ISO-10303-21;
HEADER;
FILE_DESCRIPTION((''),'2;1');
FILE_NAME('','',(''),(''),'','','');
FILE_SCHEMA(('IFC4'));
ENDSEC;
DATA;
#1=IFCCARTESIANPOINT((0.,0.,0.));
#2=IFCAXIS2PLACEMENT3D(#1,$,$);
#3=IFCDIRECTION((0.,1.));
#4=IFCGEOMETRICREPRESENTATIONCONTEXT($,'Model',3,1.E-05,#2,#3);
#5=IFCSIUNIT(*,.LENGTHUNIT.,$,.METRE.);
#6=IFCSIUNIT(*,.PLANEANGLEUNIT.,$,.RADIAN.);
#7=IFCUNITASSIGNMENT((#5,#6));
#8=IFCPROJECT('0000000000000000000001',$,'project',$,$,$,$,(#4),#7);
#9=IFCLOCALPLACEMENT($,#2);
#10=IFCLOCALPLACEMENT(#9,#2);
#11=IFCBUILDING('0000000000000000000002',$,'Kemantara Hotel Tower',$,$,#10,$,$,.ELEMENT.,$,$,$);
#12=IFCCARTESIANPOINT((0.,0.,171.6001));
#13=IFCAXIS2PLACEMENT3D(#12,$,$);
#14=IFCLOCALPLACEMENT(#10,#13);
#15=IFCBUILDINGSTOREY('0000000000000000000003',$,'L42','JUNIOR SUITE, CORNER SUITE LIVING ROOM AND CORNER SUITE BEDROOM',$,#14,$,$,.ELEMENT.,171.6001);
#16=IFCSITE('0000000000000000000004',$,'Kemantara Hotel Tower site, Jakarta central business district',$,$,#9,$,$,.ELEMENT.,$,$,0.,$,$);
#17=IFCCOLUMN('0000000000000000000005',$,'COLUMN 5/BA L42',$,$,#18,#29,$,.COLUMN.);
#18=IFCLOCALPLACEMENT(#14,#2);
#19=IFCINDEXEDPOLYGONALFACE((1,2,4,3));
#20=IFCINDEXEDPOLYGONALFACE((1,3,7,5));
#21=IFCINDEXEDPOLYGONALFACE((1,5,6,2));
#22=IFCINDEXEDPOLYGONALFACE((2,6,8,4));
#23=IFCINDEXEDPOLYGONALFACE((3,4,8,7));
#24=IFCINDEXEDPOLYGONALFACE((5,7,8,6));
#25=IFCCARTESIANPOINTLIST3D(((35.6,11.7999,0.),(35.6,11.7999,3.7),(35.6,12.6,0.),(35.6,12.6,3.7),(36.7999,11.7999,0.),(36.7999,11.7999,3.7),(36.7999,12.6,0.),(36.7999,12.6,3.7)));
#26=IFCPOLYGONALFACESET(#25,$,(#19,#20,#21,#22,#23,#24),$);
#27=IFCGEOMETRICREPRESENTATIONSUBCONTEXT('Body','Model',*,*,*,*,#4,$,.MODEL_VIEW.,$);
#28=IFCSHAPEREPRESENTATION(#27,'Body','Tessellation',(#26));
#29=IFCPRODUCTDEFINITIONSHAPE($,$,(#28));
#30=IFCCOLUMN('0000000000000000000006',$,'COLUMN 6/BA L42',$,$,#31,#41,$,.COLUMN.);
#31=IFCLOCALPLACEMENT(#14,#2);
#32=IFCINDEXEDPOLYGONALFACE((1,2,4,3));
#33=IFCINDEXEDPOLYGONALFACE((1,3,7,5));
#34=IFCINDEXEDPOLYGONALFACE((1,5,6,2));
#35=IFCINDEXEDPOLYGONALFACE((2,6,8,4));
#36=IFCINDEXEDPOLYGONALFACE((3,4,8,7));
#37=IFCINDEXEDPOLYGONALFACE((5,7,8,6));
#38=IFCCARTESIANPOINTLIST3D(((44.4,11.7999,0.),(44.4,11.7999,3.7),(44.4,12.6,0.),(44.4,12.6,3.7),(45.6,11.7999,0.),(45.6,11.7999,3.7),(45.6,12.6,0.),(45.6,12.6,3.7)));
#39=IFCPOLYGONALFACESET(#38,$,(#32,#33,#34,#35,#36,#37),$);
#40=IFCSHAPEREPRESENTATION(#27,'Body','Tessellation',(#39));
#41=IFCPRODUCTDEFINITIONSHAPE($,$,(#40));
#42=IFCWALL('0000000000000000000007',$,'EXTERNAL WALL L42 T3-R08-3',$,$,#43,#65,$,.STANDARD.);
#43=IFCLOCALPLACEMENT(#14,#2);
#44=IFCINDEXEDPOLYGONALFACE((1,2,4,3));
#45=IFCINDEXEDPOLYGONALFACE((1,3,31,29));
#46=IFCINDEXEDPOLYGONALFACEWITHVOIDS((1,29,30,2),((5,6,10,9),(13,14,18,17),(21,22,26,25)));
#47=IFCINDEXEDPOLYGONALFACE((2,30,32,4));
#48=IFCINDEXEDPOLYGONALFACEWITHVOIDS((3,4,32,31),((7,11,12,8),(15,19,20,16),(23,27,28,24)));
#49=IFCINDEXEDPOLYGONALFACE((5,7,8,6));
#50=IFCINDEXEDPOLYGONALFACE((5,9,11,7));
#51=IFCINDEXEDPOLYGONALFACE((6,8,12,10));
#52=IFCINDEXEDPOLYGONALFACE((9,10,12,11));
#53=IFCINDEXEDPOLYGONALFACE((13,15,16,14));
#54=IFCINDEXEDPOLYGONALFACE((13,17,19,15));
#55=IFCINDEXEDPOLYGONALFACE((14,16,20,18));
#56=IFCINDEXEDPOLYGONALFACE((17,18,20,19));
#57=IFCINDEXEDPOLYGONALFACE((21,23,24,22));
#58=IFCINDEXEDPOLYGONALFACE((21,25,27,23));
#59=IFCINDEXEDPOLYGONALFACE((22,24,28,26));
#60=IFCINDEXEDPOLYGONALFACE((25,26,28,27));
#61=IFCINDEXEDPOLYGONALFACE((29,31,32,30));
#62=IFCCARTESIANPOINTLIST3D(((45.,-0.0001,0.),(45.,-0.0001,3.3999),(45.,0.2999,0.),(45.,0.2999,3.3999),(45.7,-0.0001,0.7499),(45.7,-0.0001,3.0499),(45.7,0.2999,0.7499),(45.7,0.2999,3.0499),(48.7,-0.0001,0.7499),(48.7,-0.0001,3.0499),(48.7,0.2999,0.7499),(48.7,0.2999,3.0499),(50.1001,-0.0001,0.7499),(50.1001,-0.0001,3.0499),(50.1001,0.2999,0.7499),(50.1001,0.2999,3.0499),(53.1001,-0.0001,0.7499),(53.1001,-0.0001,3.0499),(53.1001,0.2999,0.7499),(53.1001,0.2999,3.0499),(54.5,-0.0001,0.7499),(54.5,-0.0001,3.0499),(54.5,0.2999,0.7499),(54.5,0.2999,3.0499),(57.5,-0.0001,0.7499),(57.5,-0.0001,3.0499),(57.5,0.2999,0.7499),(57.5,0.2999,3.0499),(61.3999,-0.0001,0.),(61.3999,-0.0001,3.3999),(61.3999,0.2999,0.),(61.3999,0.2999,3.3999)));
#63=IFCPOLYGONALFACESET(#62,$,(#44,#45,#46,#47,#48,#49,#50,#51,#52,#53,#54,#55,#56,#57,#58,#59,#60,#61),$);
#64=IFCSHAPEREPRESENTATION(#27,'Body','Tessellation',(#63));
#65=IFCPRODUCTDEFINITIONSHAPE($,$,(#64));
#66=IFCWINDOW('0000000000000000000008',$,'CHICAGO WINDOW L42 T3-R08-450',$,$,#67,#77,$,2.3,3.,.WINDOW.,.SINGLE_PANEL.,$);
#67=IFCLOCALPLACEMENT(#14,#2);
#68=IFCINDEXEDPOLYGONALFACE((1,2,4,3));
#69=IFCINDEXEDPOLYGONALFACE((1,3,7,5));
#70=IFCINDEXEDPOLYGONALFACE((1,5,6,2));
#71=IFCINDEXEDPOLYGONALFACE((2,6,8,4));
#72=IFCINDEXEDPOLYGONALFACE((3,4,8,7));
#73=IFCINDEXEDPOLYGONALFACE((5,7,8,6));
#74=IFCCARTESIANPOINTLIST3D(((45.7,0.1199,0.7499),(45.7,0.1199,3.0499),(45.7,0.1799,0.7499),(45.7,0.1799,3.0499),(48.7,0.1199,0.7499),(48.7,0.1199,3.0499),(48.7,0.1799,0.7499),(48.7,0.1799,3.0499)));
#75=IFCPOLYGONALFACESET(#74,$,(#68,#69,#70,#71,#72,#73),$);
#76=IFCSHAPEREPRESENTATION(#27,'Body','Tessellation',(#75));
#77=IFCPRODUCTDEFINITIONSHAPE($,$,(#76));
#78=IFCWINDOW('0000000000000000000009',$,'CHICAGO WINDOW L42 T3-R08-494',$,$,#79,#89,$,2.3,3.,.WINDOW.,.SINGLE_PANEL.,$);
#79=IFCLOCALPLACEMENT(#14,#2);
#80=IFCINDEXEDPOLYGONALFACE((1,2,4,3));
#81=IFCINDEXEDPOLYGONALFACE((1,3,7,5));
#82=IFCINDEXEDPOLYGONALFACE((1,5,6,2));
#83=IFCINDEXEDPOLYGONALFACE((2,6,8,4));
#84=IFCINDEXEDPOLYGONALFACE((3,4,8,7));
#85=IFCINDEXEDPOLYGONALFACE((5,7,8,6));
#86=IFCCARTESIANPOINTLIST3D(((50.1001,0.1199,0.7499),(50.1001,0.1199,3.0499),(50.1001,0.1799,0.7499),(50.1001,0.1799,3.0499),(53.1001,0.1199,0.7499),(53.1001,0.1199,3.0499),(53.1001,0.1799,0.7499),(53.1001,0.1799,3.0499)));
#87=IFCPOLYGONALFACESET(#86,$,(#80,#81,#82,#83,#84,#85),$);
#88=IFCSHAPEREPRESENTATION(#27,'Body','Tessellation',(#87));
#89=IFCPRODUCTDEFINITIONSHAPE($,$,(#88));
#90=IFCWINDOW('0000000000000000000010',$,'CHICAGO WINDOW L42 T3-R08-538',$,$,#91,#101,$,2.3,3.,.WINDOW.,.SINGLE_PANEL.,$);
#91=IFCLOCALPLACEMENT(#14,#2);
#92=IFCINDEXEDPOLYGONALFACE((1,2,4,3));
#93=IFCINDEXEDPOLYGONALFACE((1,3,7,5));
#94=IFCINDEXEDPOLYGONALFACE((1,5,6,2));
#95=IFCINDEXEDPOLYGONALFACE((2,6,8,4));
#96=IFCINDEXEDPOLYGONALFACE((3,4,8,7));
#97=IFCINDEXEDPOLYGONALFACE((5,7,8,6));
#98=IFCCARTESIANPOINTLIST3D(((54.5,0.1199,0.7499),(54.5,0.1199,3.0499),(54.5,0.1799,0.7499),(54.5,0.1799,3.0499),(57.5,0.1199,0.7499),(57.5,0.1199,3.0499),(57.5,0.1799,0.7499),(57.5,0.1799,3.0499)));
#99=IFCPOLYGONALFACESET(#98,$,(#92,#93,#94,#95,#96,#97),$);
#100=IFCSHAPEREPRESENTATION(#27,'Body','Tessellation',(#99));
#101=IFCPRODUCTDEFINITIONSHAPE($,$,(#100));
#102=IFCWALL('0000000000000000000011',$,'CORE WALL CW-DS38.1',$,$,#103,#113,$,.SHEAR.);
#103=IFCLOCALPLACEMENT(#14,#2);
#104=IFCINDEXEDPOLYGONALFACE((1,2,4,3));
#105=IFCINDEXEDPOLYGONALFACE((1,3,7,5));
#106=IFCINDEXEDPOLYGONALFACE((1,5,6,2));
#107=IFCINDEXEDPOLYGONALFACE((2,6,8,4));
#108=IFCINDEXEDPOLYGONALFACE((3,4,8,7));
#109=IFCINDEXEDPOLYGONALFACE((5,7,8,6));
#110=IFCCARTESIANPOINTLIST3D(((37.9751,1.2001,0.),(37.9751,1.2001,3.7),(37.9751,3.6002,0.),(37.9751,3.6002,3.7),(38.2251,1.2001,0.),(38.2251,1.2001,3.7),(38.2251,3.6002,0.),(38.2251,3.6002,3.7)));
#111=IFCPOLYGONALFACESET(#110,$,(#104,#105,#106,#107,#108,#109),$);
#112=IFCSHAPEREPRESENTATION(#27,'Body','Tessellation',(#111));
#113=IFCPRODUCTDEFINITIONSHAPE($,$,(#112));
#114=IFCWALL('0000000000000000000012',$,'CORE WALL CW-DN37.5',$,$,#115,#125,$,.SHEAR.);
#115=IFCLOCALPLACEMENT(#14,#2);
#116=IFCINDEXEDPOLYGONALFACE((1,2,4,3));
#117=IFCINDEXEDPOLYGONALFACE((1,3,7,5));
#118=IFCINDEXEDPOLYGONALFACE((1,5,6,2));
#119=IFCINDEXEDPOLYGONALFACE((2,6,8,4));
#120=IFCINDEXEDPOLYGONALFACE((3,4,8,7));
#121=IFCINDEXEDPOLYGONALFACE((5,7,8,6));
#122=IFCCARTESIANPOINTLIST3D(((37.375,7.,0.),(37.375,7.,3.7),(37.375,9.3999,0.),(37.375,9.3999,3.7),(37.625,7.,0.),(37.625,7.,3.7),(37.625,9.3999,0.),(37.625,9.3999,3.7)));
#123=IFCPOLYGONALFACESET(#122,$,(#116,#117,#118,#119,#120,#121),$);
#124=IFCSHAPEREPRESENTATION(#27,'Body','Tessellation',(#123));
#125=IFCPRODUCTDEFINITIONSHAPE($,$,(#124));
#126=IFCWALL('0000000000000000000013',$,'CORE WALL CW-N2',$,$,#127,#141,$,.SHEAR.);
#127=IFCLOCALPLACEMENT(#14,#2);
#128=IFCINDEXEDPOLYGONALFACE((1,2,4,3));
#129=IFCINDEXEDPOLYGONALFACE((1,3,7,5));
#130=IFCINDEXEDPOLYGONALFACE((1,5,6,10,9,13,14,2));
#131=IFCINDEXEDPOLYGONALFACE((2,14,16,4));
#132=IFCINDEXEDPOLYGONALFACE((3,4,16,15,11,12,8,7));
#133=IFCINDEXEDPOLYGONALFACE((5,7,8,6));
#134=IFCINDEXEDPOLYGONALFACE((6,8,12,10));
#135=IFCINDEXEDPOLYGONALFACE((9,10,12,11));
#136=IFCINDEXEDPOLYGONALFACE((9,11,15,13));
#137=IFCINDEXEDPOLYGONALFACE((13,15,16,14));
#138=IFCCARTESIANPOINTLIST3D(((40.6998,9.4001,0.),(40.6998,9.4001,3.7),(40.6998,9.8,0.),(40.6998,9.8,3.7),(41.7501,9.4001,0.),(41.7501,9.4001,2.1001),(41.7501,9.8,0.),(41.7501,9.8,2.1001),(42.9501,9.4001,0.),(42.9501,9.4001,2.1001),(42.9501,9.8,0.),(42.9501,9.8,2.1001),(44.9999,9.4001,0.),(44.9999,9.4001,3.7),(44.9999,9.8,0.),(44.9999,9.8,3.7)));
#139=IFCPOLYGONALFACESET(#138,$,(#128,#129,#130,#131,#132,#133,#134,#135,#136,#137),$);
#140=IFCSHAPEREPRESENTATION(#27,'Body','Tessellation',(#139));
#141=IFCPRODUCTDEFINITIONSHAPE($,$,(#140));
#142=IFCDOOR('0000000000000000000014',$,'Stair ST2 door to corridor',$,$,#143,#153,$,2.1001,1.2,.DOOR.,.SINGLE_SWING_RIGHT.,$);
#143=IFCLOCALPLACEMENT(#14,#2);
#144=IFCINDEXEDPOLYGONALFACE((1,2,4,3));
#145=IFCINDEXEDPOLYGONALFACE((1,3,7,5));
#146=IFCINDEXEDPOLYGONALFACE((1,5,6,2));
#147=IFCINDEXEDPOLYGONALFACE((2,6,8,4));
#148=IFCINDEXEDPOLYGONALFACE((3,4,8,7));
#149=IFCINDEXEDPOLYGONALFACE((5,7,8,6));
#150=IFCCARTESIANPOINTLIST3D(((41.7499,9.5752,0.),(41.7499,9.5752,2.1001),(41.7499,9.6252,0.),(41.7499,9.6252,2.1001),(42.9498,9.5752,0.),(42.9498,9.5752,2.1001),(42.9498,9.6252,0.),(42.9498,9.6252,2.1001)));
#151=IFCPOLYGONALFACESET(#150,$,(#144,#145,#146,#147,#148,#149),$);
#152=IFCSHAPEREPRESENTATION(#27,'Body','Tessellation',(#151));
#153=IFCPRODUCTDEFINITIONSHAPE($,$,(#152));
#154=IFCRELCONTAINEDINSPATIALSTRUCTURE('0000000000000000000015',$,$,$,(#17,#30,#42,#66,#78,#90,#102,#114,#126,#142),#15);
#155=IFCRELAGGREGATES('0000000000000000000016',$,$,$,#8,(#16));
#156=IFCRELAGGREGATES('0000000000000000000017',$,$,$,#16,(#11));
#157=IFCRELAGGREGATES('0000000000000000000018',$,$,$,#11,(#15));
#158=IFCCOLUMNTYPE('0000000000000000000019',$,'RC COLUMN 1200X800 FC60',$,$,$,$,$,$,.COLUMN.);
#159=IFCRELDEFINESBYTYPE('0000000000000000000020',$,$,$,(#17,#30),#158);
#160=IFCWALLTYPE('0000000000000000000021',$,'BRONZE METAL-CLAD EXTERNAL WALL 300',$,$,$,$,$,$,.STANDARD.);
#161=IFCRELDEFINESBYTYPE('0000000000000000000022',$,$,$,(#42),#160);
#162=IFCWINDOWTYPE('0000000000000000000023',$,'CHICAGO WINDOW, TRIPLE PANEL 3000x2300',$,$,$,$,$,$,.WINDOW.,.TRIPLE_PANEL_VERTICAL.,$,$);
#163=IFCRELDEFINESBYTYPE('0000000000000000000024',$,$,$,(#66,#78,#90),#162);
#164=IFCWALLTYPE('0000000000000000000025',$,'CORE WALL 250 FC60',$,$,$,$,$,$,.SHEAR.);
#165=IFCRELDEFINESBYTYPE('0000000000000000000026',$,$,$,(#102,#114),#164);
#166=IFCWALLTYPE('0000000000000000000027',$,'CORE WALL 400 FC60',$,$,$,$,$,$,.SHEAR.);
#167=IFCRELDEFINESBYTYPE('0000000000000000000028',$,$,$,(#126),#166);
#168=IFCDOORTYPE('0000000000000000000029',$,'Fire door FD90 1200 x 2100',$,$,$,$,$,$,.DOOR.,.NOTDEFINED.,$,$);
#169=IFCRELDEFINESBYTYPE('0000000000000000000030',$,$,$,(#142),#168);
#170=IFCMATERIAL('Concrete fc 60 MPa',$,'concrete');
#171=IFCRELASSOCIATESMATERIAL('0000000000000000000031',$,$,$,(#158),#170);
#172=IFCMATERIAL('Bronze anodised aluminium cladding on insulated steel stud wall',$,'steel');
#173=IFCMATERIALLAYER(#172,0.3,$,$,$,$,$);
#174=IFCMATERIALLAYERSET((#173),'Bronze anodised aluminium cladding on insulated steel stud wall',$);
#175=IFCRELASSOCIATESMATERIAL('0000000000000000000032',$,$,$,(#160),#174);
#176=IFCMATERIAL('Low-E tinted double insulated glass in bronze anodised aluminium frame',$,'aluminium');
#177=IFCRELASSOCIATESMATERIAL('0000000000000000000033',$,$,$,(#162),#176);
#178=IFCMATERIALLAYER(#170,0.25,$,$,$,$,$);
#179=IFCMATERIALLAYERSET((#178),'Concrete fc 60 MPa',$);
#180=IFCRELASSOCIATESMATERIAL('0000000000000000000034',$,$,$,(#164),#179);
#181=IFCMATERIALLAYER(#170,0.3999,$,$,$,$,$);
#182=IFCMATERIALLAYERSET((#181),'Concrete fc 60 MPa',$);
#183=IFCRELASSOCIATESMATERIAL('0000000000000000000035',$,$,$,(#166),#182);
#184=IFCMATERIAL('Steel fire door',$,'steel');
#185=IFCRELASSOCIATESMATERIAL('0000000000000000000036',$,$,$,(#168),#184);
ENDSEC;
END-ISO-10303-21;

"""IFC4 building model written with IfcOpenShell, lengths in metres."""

from ifc_helpers import new_model, si_unit, direction, frame, frame_2d, origin, origin_2d, place, context, subcontext, project, spatial, rectangle, extrude, material, layer, layer_set, material_profile, profile_set, type_object, element, fill, save


model = new_model("IFC4")

# Units and contexts
model_context = context("Model", 3, precision=1e-05, world=origin(), true_north=direction((0.0, 1.0)))
body_context = subcontext(model_context, "Body", "Model", "MODEL_VIEW")
ifc_project = project(units=[si_unit("LENGTHUNIT", "METRE"), si_unit("PLANEANGLEUNIT", "RADIAN")], contexts=[model_context])

# Site, building, storey
site_placement = place(None, origin())
site = spatial("IfcSite", under=ifc_project, at=site_placement, Name="Kemantara Hotel Tower site, Jakarta central business district", CompositionType="ELEMENT", RefElevation=0.0)
building_placement = place(site_placement, origin())
building = spatial("IfcBuilding", under=site, at=building_placement, Name="Kemantara Hotel Tower", CompositionType="ELEMENT")
storey_placement = place(building_placement, frame((0.0, 0.0, 171.6001)))
storey = spatial("IfcBuildingStorey", under=building, at=storey_placement, Name="L42", Description="JUNIOR SUITE, CORNER SUITE LIVING ROOM AND CORNER SUITE BEDROOM", CompositionType="ELEMENT", Elevation=171.6001)

# Columns
ifc_material_1 = material(Name="Concrete fc 60 MPa", Category="concrete")
ifc_material_profile = material_profile(ifc_material_1, rectangle(XDim=1.2, YDim=0.8, at=origin_2d()), Name="RC 1200X800")
ifc_profile_set = profile_set([ifc_material_profile], Name="Concrete fc 60 MPa")
column_type = type_object("IfcColumnType", Name="RC COLUMN 1200X800 FC60", PredefinedType="COLUMN", material=ifc_profile_set)
for number, where, z_axis, x_axis, name in (
    (1, (36.2, 12.2, 0.0), (0.0, 0.0, 1.0), (1.0, 0.0, 0.0), "COLUMN 5/BA L42"),
    (2, (45.0, 12.2, 0.0), (0.0, 0.0, 1.0), (1.0, 0.0, 0.0), "COLUMN 6/BA L42"),
):
    element("IfcColumn", number, at=place(storey_placement, frame(where, z_axis=z_axis, x_axis=x_axis)), inside=storey, type_object=column_type, Name=name, PredefinedType="COLUMN", context=body_context, shape_type="SweptSolid", body=[
        extrude(rectangle(XDim=1.2, YDim=0.8, at=origin_2d()), origin(), (0.0, 0.0, 1.0), 3.7),
    ])

# Wall, openings, windows
ifc_material_2 = material(Name="Bronze anodised aluminium cladding on insulated steel stud wall", Category="steel")
ifc_layer_1 = layer(ifc_material_2, 0.3)
ifc_layer_set_1 = layer_set([ifc_layer_1], Name="Bronze anodised aluminium cladding on insulated steel stud wall")
wall_type_1 = type_object("IfcWallType", Name="BRONZE METAL-CLAD EXTERNAL WALL 300", PredefinedType="STANDARD", material=ifc_layer_set_1)
wall_1_placement = place(storey_placement, frame((45.0, 0.1499, 0.0), z_axis=(0.0, 0.0, 1.0), x_axis=(1.0, 0.0, 0.0)))
wall_1 = element("IfcWall", 3, at=wall_1_placement, inside=storey, type_object=wall_type_1, Name="EXTERNAL WALL L42 T3-R08-3", PredefinedType="STANDARD", context=body_context, shape_type="SweptSolid", body=[
    extrude(rectangle(XDim=16.3999, YDim=0.3, at=frame_2d((8.2, 0.0))), origin(), (0.0, 0.0, 1.0), 3.3999),
])
opening_1_placement = place(wall_1_placement, frame((0.7, 0.0, 0.75)))
opening_1 = element("IfcOpeningElement", 4, at=opening_1_placement, cuts=wall_1, PredefinedType="OPENING", context=body_context, shape_type="SweptSolid", body=[
    extrude(rectangle(XDim=3.0, YDim=2.3, at=frame_2d((1.5, 1.1499))), frame((0.0, 0.1599, 0.0), z_axis=(0.0, -1.0, 0.0), x_axis=(1.0, 0.0, 0.0)), (0.0, 0.0, 1.0), 0.3201),
])
opening_2_placement = place(wall_1_placement, frame((5.1001, 0.0, 0.75)))
opening_2 = element("IfcOpeningElement", 5, at=opening_2_placement, cuts=wall_1, PredefinedType="OPENING", context=body_context, shape_type="SweptSolid", body=[
    extrude(rectangle(XDim=3.0, YDim=2.3, at=frame_2d((1.5, 1.1499))), frame((0.0, 0.1599, 0.0), z_axis=(0.0, -1.0, 0.0), x_axis=(1.0, 0.0, 0.0)), (0.0, 0.0, 1.0), 0.3201),
])
opening_3_placement = place(wall_1_placement, frame((9.5, 0.0, 0.75)))
opening_3 = element("IfcOpeningElement", 6, at=opening_3_placement, cuts=wall_1, PredefinedType="OPENING", context=body_context, shape_type="SweptSolid", body=[
    extrude(rectangle(XDim=3.0, YDim=2.3, at=frame_2d((1.5, 1.1499))), frame((0.0, 0.1599, 0.0), z_axis=(0.0, -1.0, 0.0), x_axis=(1.0, 0.0, 0.0)), (0.0, 0.0, 1.0), 0.3201),
])
ifc_material_3 = material(Name="Low-E tinted double insulated glass in bronze anodised aluminium frame", Category="aluminium")
window_type = type_object("IfcWindowType", Name="CHICAGO WINDOW, TRIPLE PANEL 3000x2300", PartitioningType="TRIPLE_PANEL_VERTICAL", PredefinedType="WINDOW", material=ifc_material_3)
window_1_placement = place(opening_1_placement, origin())
window_1 = element("IfcWindow", 7, at=window_1_placement, inside=storey, type_object=window_type, Name="CHICAGO WINDOW L42 T3-R08-450", OverallHeight=2.3, OverallWidth=3.0, PartitioningType="SINGLE_PANEL", PredefinedType="WINDOW", context=body_context, shape_type="SweptSolid", body=[
    extrude(rectangle(XDim=3.0, YDim=2.3, at=frame_2d((1.5, 1.1499))), frame((0.0, 0.03, 0.0), z_axis=(0.0, -1.0, 0.0), x_axis=(1.0, 0.0, 0.0)), (0.0, 0.0, 1.0), 0.0601),
])
fill(opening_1, window_1)
window_2_placement = place(opening_2_placement, origin())
window_2 = element("IfcWindow", 8, at=window_2_placement, inside=storey, type_object=window_type, Name="CHICAGO WINDOW L42 T3-R08-494", OverallHeight=2.3, OverallWidth=3.0, PartitioningType="SINGLE_PANEL", PredefinedType="WINDOW", context=body_context, shape_type="SweptSolid", body=[
    extrude(rectangle(XDim=3.0, YDim=2.3, at=frame_2d((1.5, 1.1499))), frame((0.0, 0.03, 0.0), z_axis=(0.0, -1.0, 0.0), x_axis=(1.0, 0.0, 0.0)), (0.0, 0.0, 1.0), 0.0601),
])
fill(opening_2, window_2)
window_3_placement = place(opening_3_placement, origin())
window_3 = element("IfcWindow", 9, at=window_3_placement, inside=storey, type_object=window_type, Name="CHICAGO WINDOW L42 T3-R08-538", OverallHeight=2.3, OverallWidth=3.0, PartitioningType="SINGLE_PANEL", PredefinedType="WINDOW", context=body_context, shape_type="SweptSolid", body=[
    extrude(rectangle(XDim=3.0, YDim=2.3, at=frame_2d((1.5, 1.1499))), frame((0.0, 0.03, 0.0), z_axis=(0.0, -1.0, 0.0), x_axis=(1.0, 0.0, 0.0)), (0.0, 0.0, 1.0), 0.0601),
])
fill(opening_3, window_3)

# Walls
ifc_layer_2 = layer(ifc_material_1, 0.25)
ifc_layer_set_2 = layer_set([ifc_layer_2], Name="Concrete fc 60 MPa")
wall_type_2 = type_object("IfcWallType", Name="CORE WALL 250 FC60", PredefinedType="SHEAR", material=ifc_layer_set_2)
wall_2_placement = place(storey_placement, frame((38.1001, 1.2, 0.0), z_axis=(0.0, 0.0, 1.0), x_axis=(0.0, 1.0, 0.0)))
element("IfcWall", 10, at=wall_2_placement, inside=storey, type_object=wall_type_2, Name="CORE WALL CW-DS38.1", PredefinedType="SHEAR", context=body_context, shape_type="SweptSolid", body=[
    extrude(rectangle(XDim=2.4001, YDim=0.25, at=frame_2d((1.2002, 0.0))), origin(), (0.0, 0.0, 1.0), 3.7),
])
wall_3_placement = place(storey_placement, frame((37.5, 7.0, 0.0), z_axis=(0.0, 0.0, 1.0), x_axis=(0.0, 1.0, 0.0)))
element("IfcWall", 11, at=wall_3_placement, inside=storey, type_object=wall_type_2, Name="CORE WALL CW-DN37.5", PredefinedType="SHEAR", context=body_context, shape_type="SweptSolid", body=[
    extrude(rectangle(XDim=2.3999, YDim=0.25, at=frame_2d((1.2, 0.0))), origin(), (0.0, 0.0, 1.0), 3.7),
])

# Wall, opening, door
ifc_layer_3 = layer(ifc_material_1, 0.3999)
ifc_layer_set_3 = layer_set([ifc_layer_3], Name="Concrete fc 60 MPa")
wall_type_3 = type_object("IfcWallType", Name="CORE WALL 400 FC60", PredefinedType="SHEAR", material=ifc_layer_set_3)
wall_4_placement = place(storey_placement, frame((40.7, 9.6001, 0.0), z_axis=(0.0, 0.0, 1.0), x_axis=(1.0, 0.0, 0.0)))
wall_4 = element("IfcWall", 12, at=wall_4_placement, inside=storey, type_object=wall_type_3, Name="CORE WALL CW-N2", PredefinedType="SHEAR", context=body_context, shape_type="SweptSolid", body=[
    extrude(rectangle(XDim=4.3, YDim=0.3999, at=frame_2d((2.1499, 0.0))), origin(), (0.0, 0.0, 1.0), 3.7),
])
opening_4_placement = place(wall_4_placement, frame((1.05, 0.0, 0.0)))
opening_4 = element("IfcOpeningElement", 13, at=opening_4_placement, cuts=wall_4, PredefinedType="OPENING", context=body_context, shape_type="SweptSolid", body=[
    extrude(rectangle(XDim=1.2, YDim=2.1001, at=frame_2d((0.6001, 1.05))), frame((0.0, 0.21, 0.0), z_axis=(0.0, -1.0, 0.0), x_axis=(1.0, 0.0, 0.0)), (0.0, 0.0, 1.0), 0.4199),
])
ifc_material_4 = material(Name="Steel fire door", Category="steel")
door_type_1 = type_object("IfcDoorType", Name="Fire door FD90 1200 x 2100", OperationType="NOTDEFINED", PredefinedType="DOOR", material=ifc_material_4)
door_1_placement = place(opening_4_placement, frame((1.2, 0.0, 0.0), z_axis=(0.0, 0.0, 1.0), x_axis=(-1.0, 0.0, 0.0)))
door_1 = element("IfcDoor", 14, at=door_1_placement, inside=storey, type_object=door_type_1, Name="Stair ST2 door to corridor", OperationType="SINGLE_SWING_RIGHT", OverallHeight=2.1001, OverallWidth=1.2, PredefinedType="DOOR", context=body_context, shape_type="SweptSolid", body=[
    extrude(rectangle(XDim=1.2, YDim=2.1001, at=frame_2d((0.6001, 1.05))), frame((0.0, 0.0249, 0.0), z_axis=(0.0, -1.0, 0.0), x_axis=(1.0, 0.0, 0.0)), (0.0, 0.0, 1.0), 0.05),
])
fill(opening_4, door_1)

save(model, "model.ifc")
